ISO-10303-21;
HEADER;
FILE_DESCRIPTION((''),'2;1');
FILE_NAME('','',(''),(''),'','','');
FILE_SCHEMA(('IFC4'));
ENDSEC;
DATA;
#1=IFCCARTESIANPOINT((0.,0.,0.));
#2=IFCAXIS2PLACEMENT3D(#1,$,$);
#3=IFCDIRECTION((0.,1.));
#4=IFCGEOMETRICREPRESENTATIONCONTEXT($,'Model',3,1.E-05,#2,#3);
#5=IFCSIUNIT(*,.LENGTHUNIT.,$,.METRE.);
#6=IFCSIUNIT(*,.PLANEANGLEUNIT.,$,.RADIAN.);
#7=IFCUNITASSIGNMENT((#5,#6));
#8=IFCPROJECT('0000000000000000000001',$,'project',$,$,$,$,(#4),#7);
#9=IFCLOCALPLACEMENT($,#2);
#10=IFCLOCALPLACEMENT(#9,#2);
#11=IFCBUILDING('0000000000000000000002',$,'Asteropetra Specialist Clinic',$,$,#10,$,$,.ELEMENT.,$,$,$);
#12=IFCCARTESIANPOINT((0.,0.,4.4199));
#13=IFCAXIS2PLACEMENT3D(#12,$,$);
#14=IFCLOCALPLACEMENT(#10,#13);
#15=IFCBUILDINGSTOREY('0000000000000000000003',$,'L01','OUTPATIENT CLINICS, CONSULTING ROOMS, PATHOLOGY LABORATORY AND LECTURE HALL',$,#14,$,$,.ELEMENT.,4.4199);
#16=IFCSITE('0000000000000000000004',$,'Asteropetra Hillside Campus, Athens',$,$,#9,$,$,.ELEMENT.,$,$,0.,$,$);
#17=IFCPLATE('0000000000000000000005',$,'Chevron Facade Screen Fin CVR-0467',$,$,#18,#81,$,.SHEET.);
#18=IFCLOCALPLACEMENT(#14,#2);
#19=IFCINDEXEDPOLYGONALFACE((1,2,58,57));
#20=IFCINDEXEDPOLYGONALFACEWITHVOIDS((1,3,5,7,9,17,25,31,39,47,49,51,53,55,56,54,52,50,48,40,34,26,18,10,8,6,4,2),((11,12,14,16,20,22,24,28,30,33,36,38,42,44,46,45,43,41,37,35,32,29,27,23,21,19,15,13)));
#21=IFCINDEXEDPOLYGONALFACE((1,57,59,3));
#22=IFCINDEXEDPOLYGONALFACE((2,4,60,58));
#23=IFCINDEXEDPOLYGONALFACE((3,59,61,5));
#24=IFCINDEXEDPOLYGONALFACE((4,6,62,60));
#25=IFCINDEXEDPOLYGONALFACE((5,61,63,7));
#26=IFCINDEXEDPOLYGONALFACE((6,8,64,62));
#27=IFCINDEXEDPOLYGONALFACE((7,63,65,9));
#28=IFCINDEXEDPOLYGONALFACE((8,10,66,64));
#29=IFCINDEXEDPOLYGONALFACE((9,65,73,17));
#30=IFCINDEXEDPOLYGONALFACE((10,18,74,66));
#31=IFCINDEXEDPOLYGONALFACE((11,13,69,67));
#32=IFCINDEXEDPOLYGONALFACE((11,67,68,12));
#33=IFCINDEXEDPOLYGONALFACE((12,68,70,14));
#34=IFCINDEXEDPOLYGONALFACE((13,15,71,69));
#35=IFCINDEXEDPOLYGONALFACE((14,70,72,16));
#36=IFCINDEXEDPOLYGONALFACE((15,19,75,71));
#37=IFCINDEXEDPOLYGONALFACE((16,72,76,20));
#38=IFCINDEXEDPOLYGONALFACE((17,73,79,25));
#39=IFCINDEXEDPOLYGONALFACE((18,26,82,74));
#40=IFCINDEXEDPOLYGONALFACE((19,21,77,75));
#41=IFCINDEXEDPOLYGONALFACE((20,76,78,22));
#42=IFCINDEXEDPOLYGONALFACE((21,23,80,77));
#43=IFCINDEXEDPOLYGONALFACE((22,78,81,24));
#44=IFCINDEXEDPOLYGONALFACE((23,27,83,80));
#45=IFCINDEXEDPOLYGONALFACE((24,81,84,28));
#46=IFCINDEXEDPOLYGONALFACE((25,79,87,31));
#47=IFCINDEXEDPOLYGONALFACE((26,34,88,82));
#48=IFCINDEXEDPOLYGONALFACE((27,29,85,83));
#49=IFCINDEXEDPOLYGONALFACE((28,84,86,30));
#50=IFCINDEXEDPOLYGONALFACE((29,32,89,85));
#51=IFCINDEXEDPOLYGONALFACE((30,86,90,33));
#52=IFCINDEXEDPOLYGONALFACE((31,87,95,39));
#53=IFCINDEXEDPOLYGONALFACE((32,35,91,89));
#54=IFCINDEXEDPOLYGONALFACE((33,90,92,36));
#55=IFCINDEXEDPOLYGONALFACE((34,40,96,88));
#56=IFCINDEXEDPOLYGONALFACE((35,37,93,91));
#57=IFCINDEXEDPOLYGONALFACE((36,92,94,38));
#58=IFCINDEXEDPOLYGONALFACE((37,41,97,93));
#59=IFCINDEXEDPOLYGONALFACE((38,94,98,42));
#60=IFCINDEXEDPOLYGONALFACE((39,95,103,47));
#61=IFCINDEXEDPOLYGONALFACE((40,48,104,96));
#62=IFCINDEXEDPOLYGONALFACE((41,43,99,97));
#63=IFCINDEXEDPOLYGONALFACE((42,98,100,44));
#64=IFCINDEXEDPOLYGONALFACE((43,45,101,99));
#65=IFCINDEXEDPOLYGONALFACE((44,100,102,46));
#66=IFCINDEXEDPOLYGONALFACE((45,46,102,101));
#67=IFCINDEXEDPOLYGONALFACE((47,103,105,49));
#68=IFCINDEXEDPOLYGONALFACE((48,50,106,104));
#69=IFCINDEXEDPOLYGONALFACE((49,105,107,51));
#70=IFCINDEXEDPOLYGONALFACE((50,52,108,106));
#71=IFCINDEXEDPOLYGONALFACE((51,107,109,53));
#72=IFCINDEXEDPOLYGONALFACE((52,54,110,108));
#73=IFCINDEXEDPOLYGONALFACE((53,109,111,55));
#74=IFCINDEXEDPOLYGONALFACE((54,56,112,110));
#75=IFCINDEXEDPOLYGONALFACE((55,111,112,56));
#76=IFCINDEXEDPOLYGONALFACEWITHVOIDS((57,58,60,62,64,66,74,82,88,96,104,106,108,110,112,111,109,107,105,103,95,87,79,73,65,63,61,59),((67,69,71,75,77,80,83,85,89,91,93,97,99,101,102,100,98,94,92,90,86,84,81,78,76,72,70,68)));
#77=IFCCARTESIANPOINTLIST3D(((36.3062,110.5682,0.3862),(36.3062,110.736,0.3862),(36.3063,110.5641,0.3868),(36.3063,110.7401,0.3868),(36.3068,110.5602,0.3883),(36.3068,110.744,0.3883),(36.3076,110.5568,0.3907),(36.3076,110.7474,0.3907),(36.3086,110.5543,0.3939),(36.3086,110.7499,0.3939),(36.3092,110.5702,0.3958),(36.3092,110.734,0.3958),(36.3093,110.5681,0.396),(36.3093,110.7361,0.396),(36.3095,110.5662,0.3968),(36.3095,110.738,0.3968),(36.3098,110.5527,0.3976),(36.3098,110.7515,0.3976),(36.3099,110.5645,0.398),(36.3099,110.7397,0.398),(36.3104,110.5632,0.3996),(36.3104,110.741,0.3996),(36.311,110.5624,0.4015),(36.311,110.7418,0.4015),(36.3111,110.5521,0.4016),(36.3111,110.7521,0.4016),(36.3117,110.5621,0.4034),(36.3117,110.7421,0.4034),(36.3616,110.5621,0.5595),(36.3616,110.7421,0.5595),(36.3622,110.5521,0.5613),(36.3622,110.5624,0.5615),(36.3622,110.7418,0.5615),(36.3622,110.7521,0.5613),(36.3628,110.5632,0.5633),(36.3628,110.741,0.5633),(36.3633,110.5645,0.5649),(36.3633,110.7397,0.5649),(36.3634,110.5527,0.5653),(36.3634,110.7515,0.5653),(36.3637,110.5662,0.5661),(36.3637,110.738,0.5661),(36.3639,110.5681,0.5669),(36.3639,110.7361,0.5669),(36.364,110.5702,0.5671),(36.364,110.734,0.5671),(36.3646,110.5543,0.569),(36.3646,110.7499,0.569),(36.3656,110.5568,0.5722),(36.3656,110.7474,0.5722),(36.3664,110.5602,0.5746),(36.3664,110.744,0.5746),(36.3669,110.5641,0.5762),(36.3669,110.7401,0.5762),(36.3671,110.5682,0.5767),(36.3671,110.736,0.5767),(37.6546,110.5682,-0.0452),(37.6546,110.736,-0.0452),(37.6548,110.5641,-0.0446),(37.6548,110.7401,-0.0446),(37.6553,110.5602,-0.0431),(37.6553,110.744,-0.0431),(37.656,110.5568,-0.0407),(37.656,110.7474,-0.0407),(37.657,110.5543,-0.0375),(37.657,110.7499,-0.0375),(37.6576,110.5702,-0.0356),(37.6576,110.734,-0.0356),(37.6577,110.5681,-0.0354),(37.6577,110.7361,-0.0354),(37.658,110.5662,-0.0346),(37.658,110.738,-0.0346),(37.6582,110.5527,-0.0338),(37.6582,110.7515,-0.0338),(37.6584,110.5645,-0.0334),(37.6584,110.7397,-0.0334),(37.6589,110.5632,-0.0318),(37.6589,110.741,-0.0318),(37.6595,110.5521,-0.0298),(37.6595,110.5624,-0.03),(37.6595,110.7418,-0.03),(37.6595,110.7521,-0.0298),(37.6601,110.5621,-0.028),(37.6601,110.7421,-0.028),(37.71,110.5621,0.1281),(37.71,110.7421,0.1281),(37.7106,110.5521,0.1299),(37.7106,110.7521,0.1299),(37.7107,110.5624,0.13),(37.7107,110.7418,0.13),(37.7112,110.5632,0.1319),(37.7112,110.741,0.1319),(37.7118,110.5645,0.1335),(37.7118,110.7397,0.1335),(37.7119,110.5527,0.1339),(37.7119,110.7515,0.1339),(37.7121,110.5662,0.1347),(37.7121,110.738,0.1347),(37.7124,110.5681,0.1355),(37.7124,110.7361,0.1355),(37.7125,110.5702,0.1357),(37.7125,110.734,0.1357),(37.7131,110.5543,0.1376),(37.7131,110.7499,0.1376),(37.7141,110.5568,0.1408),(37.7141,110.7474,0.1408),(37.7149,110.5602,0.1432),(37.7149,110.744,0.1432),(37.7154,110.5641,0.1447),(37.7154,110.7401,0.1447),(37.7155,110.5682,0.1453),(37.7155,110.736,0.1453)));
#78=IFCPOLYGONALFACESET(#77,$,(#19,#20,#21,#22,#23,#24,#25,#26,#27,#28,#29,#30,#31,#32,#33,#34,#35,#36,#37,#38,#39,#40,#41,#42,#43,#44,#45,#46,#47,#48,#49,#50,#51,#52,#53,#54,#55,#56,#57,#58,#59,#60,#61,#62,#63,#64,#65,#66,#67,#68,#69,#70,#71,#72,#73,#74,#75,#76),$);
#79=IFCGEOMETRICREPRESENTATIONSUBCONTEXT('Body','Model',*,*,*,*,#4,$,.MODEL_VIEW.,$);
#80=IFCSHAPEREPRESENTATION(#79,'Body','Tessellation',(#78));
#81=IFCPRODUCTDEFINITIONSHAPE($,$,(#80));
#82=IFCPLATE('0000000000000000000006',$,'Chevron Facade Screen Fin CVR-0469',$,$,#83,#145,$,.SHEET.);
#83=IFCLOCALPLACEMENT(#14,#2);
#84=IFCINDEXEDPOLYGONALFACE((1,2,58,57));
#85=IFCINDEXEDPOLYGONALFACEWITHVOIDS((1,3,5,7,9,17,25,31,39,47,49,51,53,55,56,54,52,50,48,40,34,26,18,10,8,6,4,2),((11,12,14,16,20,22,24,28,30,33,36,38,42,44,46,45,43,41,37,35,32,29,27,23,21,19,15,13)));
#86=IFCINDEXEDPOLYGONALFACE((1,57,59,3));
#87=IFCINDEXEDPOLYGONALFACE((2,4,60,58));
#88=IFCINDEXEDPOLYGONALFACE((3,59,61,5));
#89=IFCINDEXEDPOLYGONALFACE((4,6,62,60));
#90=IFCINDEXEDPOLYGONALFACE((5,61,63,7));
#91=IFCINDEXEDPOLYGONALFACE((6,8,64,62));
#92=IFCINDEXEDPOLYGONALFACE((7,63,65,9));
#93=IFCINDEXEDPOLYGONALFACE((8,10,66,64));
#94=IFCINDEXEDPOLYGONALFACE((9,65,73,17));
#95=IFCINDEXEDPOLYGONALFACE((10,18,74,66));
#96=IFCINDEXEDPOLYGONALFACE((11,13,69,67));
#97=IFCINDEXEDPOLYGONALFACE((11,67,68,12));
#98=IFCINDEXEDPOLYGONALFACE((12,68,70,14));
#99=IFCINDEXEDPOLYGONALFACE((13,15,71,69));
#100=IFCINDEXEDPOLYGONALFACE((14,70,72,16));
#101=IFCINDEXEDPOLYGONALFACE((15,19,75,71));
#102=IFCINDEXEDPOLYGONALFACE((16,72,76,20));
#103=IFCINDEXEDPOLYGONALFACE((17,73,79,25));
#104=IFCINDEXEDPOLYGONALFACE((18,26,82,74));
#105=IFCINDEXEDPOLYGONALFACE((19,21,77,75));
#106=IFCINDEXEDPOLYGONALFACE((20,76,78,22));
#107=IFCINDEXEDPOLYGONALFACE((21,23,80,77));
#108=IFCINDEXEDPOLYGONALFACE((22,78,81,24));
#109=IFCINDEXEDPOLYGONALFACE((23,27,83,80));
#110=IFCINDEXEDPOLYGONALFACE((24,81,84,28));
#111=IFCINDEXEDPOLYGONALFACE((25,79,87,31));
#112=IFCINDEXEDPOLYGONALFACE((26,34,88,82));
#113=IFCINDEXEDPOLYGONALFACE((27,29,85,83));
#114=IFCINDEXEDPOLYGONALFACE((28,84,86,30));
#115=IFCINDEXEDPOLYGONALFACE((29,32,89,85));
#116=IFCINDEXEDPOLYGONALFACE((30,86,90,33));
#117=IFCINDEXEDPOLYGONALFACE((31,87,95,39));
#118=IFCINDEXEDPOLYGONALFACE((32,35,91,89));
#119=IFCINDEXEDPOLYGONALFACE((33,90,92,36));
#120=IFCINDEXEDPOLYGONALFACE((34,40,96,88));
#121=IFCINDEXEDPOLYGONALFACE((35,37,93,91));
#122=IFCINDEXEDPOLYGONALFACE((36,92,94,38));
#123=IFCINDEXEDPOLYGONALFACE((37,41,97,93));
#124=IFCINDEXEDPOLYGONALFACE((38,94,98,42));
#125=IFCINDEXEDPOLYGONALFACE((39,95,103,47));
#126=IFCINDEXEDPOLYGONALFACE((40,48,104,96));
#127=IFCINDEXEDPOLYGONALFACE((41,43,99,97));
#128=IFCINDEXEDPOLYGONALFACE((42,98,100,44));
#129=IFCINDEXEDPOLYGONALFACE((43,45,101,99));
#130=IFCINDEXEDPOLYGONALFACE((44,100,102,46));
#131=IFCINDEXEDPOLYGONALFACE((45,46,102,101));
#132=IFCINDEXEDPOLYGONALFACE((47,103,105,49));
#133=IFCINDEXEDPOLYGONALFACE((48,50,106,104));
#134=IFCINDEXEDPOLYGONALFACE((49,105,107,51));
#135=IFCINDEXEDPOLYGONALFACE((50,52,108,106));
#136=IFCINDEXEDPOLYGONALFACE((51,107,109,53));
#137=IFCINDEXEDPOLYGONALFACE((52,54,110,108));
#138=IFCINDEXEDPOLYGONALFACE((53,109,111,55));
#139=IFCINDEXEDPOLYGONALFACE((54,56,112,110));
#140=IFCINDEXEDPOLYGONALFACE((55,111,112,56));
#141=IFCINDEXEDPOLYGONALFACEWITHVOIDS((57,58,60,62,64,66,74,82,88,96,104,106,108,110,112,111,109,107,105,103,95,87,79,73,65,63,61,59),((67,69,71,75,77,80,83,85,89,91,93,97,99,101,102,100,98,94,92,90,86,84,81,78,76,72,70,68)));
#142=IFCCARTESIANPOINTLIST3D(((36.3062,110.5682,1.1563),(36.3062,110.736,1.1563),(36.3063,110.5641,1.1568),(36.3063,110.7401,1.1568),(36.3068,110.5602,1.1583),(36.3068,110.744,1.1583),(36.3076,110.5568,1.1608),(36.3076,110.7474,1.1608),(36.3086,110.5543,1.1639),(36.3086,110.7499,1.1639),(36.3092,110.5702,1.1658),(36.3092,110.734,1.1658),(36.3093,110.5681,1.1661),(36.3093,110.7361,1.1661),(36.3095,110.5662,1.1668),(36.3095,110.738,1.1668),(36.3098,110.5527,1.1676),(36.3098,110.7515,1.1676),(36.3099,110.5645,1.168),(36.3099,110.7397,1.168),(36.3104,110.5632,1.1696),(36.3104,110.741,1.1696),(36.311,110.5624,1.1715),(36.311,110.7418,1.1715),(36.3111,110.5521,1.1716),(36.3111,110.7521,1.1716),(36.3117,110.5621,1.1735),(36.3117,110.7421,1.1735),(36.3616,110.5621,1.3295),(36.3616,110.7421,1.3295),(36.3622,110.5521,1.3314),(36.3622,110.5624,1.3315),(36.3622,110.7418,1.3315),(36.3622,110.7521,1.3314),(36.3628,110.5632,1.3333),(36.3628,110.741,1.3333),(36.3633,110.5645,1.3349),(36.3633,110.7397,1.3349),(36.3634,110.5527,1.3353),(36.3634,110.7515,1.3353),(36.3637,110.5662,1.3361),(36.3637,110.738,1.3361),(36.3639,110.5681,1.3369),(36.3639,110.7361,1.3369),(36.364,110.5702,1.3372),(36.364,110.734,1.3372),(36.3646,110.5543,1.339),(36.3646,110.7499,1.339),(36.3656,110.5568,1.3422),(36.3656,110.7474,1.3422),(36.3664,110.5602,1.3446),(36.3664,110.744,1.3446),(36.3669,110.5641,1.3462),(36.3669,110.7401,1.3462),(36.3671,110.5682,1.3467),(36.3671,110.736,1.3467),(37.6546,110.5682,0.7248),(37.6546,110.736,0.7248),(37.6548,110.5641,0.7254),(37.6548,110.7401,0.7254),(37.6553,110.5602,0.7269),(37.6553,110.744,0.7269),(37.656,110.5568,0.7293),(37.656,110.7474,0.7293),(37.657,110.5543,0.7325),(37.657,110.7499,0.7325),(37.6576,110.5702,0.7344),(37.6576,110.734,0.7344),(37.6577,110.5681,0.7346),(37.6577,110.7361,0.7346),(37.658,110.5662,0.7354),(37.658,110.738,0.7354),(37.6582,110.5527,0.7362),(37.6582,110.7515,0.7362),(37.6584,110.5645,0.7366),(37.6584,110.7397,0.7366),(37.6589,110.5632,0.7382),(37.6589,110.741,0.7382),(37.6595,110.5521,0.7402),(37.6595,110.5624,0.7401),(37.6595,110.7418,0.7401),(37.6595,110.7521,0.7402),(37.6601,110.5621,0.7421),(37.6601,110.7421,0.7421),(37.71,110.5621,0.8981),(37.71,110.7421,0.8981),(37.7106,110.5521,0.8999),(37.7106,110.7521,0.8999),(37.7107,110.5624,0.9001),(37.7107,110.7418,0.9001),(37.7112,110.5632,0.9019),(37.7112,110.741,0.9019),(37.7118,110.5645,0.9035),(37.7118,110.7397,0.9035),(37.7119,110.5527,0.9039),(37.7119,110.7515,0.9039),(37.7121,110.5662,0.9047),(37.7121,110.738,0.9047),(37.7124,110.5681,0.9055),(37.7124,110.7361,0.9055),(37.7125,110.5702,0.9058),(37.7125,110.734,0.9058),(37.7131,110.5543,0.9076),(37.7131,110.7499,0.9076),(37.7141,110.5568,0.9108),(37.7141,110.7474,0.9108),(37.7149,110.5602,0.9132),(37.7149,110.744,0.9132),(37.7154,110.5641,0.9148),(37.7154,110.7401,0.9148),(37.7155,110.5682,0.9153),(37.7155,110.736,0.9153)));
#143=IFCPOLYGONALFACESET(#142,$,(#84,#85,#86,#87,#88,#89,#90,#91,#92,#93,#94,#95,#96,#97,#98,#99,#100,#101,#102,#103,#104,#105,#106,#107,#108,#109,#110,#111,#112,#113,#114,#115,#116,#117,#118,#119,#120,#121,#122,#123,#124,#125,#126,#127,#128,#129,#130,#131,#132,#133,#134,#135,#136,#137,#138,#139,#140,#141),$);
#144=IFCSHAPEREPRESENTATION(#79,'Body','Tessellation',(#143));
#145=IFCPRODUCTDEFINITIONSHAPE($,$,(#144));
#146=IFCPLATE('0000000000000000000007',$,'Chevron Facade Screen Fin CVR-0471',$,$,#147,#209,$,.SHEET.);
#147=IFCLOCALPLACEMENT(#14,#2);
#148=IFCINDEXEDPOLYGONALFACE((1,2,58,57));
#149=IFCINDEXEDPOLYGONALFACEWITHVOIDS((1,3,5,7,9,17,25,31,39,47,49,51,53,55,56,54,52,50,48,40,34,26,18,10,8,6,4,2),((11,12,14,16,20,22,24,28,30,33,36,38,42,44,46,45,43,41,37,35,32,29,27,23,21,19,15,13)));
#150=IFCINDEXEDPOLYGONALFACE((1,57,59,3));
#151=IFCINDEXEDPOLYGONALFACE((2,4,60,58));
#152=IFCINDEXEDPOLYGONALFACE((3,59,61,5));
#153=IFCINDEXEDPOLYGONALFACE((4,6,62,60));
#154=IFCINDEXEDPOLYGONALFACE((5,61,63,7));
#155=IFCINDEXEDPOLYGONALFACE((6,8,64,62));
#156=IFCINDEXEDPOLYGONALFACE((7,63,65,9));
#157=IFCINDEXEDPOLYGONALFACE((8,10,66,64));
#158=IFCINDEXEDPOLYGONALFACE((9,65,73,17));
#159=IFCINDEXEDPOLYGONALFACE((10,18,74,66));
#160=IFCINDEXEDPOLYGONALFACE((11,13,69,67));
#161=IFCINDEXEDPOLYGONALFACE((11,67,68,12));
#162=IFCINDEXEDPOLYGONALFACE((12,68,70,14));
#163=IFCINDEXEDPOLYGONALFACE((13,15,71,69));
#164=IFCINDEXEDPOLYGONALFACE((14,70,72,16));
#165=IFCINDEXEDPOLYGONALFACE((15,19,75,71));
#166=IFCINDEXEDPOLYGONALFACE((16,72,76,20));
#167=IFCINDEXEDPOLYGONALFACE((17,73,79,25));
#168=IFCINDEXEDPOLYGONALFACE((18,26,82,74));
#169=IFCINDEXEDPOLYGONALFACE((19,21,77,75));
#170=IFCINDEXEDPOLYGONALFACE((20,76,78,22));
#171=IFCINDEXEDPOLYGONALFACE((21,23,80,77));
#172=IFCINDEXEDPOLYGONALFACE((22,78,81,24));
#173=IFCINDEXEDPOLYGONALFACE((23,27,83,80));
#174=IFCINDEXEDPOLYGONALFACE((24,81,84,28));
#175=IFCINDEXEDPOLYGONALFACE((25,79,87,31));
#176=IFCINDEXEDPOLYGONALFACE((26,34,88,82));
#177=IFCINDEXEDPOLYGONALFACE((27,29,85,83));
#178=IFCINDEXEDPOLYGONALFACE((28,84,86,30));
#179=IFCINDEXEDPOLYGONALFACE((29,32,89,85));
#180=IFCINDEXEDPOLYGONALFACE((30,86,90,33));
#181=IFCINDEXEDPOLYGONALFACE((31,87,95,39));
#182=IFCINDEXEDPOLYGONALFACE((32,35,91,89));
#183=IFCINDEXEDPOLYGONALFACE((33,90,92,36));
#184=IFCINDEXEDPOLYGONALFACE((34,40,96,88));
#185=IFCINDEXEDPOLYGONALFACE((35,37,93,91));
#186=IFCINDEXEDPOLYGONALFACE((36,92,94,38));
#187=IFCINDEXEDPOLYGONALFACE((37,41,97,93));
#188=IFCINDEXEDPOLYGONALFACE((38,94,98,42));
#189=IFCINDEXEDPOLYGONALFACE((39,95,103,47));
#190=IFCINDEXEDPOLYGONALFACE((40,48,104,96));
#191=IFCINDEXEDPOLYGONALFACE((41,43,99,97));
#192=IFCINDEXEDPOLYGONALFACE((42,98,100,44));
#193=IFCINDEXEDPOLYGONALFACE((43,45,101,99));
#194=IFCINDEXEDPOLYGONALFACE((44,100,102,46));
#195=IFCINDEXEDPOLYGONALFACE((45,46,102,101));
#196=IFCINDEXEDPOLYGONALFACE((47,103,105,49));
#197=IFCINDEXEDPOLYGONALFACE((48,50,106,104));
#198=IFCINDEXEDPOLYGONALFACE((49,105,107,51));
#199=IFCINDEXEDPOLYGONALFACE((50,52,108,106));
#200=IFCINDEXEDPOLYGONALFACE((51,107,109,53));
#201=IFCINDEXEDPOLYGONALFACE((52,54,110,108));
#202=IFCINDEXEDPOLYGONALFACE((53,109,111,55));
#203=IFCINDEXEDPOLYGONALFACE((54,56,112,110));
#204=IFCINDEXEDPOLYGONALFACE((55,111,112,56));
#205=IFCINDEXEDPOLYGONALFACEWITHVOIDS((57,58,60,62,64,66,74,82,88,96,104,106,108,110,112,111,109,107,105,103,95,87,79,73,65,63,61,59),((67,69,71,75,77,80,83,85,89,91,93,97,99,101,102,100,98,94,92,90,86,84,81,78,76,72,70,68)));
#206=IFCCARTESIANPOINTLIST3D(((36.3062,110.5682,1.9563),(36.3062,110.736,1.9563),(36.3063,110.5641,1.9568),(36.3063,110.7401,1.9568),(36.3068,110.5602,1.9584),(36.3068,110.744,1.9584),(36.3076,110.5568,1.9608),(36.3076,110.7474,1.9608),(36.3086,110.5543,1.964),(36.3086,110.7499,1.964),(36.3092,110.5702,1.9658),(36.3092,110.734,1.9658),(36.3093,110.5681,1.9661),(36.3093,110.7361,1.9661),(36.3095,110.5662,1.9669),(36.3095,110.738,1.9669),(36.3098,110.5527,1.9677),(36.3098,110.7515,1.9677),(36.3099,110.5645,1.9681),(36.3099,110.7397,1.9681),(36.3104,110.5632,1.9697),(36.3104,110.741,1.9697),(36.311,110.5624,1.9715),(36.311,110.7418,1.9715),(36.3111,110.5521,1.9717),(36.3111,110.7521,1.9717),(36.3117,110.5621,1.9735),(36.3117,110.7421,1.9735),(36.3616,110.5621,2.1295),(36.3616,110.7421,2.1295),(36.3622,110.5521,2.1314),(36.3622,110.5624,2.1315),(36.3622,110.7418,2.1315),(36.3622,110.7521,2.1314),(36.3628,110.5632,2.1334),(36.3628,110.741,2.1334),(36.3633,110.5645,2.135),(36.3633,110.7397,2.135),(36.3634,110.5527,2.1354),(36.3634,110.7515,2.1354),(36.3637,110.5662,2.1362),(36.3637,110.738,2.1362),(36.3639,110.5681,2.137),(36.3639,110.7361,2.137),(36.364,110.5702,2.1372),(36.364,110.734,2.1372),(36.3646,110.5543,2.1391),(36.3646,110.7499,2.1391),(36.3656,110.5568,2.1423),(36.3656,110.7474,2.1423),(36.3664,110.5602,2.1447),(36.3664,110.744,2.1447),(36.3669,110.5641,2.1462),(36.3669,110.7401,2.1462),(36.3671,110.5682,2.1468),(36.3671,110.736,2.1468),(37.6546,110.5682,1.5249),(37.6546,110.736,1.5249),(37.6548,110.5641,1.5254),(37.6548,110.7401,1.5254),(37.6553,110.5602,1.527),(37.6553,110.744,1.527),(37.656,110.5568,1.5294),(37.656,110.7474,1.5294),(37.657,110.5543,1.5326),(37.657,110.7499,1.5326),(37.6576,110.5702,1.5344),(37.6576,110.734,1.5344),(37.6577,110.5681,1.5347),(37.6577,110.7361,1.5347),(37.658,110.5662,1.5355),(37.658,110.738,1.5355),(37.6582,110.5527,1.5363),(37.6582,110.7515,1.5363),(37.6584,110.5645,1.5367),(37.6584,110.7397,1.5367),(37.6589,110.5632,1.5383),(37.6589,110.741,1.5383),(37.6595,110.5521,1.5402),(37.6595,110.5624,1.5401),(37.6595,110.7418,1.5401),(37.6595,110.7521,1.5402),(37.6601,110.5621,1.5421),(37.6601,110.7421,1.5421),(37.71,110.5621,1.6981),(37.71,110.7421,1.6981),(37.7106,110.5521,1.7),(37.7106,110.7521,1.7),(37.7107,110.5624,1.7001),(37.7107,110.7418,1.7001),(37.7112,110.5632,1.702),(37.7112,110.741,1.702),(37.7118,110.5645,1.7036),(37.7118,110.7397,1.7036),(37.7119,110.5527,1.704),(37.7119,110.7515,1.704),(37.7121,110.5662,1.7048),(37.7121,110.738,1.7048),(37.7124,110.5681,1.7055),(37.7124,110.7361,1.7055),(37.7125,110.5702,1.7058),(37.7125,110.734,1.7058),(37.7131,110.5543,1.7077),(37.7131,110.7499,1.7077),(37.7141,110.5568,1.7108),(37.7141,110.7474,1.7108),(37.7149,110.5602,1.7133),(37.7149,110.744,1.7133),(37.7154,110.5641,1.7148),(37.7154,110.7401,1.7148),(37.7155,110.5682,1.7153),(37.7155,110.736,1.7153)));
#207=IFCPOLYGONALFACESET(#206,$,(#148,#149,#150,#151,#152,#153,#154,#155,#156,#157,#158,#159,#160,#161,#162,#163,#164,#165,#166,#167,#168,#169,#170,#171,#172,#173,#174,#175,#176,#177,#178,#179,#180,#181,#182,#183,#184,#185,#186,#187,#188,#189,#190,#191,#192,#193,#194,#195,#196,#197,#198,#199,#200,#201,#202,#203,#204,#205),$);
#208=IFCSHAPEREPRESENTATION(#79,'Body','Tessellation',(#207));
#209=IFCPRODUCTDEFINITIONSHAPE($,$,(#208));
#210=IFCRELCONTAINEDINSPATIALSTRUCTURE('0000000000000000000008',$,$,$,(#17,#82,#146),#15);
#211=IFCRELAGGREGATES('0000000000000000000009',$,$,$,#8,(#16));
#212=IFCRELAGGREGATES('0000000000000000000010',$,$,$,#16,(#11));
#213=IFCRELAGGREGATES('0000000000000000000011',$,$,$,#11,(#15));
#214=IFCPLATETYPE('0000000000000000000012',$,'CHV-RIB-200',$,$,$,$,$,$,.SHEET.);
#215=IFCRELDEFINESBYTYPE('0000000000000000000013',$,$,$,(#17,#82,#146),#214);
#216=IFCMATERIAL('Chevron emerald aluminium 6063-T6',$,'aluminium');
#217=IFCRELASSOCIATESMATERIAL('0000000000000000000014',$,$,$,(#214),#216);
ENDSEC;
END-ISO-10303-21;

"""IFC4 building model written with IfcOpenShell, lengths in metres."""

from ifc_helpers import new_model, si_unit, direction, frame, origin, origin_2d, place, context, subcontext, project, spatial, hollow_rectangle, extrude, material, material_profile, profile_set, type_object, element, save


model = new_model("IFC4")

# Units and contexts
model_context = context("Model", 3, precision=1e-05, world=origin(), true_north=direction((0.0, 1.0)))
body_context = subcontext(model_context, "Body", "Model", "MODEL_VIEW")
ifc_project = project(units=[si_unit("LENGTHUNIT", "METRE"), si_unit("PLANEANGLEUNIT", "RADIAN")], contexts=[model_context])

# Site, building, storey
site_placement = place(None, origin())
site = spatial("IfcSite", under=ifc_project, at=site_placement, Name="Asteropetra Hillside Campus, Athens", CompositionType="ELEMENT", RefElevation=0.0)
building_placement = place(site_placement, origin())
building = spatial("IfcBuilding", under=site, at=building_placement, Name="Asteropetra Specialist Clinic", CompositionType="ELEMENT")
storey_placement = place(building_placement, frame((0.0, 0.0, 4.4199)))
storey = spatial("IfcBuildingStorey", under=building, at=storey_placement, Name="L01", Description="OUTPATIENT CLINICS, CONSULTING ROOMS, PATHOLOGY LABORATORY AND LECTURE HALL", CompositionType="ELEMENT", Elevation=4.4199)

# Plates
ifc_material_1 = material(Name="Chevron emerald aluminium 6063-T6", Category="aluminium")
ifc_material_profile = material_profile(ifc_material_1, hollow_rectangle(XDim=0.2, YDim=0.2, WallThickness=0.01, InnerFilletRadius=0.0081, OuterFilletRadius=0.0161, at=origin_2d()), Name="SHS 200x200x10.0")
ifc_profile_set = profile_set([ifc_material_profile], Name="Chevron emerald aluminium 6063-T6")
plate_type_1 = type_object("IfcPlateType", Name="CHV-RIB-200", PredefinedType="SHEET", material=ifc_profile_set)
for number, where, z_axis, x_axis, name in (
    (1, (37.6851, 110.6521, 0.05), (-0.952442, 0.0, 0.304719), (0.0, -1.0, 0.0), "Chevron Facade Screen Fin CVR-0467"),
    (2, (37.6851, 110.6521, 0.8201), (-0.952442, 0.0, 0.304719), (0.0, -1.0, 0.0), "Chevron Facade Screen Fin CVR-0469"),
    (3, (37.6851, 110.6521, 1.6201), (-0.952442, 0.0, 0.304719), (0.0, -1.0, 0.0), "Chevron Facade Screen Fin CVR-0471"),
):
    element("IfcPlate", number, at=place(storey_placement, frame(where, z_axis=z_axis, x_axis=x_axis)), inside=storey, type_object=plate_type_1, Name=name, PredefinedType="SHEET", context=body_context, shape_type="SweptSolid", body=[
        extrude(hollow_rectangle(XDim=0.2, YDim=0.2, WallThickness=0.01, InnerFilletRadius=0.0081, OuterFilletRadius=0.0161, at=origin_2d()), origin(), (0.0, 0.0, 1.0), 1.4158),
    ])

save(model, "model.ifc")
